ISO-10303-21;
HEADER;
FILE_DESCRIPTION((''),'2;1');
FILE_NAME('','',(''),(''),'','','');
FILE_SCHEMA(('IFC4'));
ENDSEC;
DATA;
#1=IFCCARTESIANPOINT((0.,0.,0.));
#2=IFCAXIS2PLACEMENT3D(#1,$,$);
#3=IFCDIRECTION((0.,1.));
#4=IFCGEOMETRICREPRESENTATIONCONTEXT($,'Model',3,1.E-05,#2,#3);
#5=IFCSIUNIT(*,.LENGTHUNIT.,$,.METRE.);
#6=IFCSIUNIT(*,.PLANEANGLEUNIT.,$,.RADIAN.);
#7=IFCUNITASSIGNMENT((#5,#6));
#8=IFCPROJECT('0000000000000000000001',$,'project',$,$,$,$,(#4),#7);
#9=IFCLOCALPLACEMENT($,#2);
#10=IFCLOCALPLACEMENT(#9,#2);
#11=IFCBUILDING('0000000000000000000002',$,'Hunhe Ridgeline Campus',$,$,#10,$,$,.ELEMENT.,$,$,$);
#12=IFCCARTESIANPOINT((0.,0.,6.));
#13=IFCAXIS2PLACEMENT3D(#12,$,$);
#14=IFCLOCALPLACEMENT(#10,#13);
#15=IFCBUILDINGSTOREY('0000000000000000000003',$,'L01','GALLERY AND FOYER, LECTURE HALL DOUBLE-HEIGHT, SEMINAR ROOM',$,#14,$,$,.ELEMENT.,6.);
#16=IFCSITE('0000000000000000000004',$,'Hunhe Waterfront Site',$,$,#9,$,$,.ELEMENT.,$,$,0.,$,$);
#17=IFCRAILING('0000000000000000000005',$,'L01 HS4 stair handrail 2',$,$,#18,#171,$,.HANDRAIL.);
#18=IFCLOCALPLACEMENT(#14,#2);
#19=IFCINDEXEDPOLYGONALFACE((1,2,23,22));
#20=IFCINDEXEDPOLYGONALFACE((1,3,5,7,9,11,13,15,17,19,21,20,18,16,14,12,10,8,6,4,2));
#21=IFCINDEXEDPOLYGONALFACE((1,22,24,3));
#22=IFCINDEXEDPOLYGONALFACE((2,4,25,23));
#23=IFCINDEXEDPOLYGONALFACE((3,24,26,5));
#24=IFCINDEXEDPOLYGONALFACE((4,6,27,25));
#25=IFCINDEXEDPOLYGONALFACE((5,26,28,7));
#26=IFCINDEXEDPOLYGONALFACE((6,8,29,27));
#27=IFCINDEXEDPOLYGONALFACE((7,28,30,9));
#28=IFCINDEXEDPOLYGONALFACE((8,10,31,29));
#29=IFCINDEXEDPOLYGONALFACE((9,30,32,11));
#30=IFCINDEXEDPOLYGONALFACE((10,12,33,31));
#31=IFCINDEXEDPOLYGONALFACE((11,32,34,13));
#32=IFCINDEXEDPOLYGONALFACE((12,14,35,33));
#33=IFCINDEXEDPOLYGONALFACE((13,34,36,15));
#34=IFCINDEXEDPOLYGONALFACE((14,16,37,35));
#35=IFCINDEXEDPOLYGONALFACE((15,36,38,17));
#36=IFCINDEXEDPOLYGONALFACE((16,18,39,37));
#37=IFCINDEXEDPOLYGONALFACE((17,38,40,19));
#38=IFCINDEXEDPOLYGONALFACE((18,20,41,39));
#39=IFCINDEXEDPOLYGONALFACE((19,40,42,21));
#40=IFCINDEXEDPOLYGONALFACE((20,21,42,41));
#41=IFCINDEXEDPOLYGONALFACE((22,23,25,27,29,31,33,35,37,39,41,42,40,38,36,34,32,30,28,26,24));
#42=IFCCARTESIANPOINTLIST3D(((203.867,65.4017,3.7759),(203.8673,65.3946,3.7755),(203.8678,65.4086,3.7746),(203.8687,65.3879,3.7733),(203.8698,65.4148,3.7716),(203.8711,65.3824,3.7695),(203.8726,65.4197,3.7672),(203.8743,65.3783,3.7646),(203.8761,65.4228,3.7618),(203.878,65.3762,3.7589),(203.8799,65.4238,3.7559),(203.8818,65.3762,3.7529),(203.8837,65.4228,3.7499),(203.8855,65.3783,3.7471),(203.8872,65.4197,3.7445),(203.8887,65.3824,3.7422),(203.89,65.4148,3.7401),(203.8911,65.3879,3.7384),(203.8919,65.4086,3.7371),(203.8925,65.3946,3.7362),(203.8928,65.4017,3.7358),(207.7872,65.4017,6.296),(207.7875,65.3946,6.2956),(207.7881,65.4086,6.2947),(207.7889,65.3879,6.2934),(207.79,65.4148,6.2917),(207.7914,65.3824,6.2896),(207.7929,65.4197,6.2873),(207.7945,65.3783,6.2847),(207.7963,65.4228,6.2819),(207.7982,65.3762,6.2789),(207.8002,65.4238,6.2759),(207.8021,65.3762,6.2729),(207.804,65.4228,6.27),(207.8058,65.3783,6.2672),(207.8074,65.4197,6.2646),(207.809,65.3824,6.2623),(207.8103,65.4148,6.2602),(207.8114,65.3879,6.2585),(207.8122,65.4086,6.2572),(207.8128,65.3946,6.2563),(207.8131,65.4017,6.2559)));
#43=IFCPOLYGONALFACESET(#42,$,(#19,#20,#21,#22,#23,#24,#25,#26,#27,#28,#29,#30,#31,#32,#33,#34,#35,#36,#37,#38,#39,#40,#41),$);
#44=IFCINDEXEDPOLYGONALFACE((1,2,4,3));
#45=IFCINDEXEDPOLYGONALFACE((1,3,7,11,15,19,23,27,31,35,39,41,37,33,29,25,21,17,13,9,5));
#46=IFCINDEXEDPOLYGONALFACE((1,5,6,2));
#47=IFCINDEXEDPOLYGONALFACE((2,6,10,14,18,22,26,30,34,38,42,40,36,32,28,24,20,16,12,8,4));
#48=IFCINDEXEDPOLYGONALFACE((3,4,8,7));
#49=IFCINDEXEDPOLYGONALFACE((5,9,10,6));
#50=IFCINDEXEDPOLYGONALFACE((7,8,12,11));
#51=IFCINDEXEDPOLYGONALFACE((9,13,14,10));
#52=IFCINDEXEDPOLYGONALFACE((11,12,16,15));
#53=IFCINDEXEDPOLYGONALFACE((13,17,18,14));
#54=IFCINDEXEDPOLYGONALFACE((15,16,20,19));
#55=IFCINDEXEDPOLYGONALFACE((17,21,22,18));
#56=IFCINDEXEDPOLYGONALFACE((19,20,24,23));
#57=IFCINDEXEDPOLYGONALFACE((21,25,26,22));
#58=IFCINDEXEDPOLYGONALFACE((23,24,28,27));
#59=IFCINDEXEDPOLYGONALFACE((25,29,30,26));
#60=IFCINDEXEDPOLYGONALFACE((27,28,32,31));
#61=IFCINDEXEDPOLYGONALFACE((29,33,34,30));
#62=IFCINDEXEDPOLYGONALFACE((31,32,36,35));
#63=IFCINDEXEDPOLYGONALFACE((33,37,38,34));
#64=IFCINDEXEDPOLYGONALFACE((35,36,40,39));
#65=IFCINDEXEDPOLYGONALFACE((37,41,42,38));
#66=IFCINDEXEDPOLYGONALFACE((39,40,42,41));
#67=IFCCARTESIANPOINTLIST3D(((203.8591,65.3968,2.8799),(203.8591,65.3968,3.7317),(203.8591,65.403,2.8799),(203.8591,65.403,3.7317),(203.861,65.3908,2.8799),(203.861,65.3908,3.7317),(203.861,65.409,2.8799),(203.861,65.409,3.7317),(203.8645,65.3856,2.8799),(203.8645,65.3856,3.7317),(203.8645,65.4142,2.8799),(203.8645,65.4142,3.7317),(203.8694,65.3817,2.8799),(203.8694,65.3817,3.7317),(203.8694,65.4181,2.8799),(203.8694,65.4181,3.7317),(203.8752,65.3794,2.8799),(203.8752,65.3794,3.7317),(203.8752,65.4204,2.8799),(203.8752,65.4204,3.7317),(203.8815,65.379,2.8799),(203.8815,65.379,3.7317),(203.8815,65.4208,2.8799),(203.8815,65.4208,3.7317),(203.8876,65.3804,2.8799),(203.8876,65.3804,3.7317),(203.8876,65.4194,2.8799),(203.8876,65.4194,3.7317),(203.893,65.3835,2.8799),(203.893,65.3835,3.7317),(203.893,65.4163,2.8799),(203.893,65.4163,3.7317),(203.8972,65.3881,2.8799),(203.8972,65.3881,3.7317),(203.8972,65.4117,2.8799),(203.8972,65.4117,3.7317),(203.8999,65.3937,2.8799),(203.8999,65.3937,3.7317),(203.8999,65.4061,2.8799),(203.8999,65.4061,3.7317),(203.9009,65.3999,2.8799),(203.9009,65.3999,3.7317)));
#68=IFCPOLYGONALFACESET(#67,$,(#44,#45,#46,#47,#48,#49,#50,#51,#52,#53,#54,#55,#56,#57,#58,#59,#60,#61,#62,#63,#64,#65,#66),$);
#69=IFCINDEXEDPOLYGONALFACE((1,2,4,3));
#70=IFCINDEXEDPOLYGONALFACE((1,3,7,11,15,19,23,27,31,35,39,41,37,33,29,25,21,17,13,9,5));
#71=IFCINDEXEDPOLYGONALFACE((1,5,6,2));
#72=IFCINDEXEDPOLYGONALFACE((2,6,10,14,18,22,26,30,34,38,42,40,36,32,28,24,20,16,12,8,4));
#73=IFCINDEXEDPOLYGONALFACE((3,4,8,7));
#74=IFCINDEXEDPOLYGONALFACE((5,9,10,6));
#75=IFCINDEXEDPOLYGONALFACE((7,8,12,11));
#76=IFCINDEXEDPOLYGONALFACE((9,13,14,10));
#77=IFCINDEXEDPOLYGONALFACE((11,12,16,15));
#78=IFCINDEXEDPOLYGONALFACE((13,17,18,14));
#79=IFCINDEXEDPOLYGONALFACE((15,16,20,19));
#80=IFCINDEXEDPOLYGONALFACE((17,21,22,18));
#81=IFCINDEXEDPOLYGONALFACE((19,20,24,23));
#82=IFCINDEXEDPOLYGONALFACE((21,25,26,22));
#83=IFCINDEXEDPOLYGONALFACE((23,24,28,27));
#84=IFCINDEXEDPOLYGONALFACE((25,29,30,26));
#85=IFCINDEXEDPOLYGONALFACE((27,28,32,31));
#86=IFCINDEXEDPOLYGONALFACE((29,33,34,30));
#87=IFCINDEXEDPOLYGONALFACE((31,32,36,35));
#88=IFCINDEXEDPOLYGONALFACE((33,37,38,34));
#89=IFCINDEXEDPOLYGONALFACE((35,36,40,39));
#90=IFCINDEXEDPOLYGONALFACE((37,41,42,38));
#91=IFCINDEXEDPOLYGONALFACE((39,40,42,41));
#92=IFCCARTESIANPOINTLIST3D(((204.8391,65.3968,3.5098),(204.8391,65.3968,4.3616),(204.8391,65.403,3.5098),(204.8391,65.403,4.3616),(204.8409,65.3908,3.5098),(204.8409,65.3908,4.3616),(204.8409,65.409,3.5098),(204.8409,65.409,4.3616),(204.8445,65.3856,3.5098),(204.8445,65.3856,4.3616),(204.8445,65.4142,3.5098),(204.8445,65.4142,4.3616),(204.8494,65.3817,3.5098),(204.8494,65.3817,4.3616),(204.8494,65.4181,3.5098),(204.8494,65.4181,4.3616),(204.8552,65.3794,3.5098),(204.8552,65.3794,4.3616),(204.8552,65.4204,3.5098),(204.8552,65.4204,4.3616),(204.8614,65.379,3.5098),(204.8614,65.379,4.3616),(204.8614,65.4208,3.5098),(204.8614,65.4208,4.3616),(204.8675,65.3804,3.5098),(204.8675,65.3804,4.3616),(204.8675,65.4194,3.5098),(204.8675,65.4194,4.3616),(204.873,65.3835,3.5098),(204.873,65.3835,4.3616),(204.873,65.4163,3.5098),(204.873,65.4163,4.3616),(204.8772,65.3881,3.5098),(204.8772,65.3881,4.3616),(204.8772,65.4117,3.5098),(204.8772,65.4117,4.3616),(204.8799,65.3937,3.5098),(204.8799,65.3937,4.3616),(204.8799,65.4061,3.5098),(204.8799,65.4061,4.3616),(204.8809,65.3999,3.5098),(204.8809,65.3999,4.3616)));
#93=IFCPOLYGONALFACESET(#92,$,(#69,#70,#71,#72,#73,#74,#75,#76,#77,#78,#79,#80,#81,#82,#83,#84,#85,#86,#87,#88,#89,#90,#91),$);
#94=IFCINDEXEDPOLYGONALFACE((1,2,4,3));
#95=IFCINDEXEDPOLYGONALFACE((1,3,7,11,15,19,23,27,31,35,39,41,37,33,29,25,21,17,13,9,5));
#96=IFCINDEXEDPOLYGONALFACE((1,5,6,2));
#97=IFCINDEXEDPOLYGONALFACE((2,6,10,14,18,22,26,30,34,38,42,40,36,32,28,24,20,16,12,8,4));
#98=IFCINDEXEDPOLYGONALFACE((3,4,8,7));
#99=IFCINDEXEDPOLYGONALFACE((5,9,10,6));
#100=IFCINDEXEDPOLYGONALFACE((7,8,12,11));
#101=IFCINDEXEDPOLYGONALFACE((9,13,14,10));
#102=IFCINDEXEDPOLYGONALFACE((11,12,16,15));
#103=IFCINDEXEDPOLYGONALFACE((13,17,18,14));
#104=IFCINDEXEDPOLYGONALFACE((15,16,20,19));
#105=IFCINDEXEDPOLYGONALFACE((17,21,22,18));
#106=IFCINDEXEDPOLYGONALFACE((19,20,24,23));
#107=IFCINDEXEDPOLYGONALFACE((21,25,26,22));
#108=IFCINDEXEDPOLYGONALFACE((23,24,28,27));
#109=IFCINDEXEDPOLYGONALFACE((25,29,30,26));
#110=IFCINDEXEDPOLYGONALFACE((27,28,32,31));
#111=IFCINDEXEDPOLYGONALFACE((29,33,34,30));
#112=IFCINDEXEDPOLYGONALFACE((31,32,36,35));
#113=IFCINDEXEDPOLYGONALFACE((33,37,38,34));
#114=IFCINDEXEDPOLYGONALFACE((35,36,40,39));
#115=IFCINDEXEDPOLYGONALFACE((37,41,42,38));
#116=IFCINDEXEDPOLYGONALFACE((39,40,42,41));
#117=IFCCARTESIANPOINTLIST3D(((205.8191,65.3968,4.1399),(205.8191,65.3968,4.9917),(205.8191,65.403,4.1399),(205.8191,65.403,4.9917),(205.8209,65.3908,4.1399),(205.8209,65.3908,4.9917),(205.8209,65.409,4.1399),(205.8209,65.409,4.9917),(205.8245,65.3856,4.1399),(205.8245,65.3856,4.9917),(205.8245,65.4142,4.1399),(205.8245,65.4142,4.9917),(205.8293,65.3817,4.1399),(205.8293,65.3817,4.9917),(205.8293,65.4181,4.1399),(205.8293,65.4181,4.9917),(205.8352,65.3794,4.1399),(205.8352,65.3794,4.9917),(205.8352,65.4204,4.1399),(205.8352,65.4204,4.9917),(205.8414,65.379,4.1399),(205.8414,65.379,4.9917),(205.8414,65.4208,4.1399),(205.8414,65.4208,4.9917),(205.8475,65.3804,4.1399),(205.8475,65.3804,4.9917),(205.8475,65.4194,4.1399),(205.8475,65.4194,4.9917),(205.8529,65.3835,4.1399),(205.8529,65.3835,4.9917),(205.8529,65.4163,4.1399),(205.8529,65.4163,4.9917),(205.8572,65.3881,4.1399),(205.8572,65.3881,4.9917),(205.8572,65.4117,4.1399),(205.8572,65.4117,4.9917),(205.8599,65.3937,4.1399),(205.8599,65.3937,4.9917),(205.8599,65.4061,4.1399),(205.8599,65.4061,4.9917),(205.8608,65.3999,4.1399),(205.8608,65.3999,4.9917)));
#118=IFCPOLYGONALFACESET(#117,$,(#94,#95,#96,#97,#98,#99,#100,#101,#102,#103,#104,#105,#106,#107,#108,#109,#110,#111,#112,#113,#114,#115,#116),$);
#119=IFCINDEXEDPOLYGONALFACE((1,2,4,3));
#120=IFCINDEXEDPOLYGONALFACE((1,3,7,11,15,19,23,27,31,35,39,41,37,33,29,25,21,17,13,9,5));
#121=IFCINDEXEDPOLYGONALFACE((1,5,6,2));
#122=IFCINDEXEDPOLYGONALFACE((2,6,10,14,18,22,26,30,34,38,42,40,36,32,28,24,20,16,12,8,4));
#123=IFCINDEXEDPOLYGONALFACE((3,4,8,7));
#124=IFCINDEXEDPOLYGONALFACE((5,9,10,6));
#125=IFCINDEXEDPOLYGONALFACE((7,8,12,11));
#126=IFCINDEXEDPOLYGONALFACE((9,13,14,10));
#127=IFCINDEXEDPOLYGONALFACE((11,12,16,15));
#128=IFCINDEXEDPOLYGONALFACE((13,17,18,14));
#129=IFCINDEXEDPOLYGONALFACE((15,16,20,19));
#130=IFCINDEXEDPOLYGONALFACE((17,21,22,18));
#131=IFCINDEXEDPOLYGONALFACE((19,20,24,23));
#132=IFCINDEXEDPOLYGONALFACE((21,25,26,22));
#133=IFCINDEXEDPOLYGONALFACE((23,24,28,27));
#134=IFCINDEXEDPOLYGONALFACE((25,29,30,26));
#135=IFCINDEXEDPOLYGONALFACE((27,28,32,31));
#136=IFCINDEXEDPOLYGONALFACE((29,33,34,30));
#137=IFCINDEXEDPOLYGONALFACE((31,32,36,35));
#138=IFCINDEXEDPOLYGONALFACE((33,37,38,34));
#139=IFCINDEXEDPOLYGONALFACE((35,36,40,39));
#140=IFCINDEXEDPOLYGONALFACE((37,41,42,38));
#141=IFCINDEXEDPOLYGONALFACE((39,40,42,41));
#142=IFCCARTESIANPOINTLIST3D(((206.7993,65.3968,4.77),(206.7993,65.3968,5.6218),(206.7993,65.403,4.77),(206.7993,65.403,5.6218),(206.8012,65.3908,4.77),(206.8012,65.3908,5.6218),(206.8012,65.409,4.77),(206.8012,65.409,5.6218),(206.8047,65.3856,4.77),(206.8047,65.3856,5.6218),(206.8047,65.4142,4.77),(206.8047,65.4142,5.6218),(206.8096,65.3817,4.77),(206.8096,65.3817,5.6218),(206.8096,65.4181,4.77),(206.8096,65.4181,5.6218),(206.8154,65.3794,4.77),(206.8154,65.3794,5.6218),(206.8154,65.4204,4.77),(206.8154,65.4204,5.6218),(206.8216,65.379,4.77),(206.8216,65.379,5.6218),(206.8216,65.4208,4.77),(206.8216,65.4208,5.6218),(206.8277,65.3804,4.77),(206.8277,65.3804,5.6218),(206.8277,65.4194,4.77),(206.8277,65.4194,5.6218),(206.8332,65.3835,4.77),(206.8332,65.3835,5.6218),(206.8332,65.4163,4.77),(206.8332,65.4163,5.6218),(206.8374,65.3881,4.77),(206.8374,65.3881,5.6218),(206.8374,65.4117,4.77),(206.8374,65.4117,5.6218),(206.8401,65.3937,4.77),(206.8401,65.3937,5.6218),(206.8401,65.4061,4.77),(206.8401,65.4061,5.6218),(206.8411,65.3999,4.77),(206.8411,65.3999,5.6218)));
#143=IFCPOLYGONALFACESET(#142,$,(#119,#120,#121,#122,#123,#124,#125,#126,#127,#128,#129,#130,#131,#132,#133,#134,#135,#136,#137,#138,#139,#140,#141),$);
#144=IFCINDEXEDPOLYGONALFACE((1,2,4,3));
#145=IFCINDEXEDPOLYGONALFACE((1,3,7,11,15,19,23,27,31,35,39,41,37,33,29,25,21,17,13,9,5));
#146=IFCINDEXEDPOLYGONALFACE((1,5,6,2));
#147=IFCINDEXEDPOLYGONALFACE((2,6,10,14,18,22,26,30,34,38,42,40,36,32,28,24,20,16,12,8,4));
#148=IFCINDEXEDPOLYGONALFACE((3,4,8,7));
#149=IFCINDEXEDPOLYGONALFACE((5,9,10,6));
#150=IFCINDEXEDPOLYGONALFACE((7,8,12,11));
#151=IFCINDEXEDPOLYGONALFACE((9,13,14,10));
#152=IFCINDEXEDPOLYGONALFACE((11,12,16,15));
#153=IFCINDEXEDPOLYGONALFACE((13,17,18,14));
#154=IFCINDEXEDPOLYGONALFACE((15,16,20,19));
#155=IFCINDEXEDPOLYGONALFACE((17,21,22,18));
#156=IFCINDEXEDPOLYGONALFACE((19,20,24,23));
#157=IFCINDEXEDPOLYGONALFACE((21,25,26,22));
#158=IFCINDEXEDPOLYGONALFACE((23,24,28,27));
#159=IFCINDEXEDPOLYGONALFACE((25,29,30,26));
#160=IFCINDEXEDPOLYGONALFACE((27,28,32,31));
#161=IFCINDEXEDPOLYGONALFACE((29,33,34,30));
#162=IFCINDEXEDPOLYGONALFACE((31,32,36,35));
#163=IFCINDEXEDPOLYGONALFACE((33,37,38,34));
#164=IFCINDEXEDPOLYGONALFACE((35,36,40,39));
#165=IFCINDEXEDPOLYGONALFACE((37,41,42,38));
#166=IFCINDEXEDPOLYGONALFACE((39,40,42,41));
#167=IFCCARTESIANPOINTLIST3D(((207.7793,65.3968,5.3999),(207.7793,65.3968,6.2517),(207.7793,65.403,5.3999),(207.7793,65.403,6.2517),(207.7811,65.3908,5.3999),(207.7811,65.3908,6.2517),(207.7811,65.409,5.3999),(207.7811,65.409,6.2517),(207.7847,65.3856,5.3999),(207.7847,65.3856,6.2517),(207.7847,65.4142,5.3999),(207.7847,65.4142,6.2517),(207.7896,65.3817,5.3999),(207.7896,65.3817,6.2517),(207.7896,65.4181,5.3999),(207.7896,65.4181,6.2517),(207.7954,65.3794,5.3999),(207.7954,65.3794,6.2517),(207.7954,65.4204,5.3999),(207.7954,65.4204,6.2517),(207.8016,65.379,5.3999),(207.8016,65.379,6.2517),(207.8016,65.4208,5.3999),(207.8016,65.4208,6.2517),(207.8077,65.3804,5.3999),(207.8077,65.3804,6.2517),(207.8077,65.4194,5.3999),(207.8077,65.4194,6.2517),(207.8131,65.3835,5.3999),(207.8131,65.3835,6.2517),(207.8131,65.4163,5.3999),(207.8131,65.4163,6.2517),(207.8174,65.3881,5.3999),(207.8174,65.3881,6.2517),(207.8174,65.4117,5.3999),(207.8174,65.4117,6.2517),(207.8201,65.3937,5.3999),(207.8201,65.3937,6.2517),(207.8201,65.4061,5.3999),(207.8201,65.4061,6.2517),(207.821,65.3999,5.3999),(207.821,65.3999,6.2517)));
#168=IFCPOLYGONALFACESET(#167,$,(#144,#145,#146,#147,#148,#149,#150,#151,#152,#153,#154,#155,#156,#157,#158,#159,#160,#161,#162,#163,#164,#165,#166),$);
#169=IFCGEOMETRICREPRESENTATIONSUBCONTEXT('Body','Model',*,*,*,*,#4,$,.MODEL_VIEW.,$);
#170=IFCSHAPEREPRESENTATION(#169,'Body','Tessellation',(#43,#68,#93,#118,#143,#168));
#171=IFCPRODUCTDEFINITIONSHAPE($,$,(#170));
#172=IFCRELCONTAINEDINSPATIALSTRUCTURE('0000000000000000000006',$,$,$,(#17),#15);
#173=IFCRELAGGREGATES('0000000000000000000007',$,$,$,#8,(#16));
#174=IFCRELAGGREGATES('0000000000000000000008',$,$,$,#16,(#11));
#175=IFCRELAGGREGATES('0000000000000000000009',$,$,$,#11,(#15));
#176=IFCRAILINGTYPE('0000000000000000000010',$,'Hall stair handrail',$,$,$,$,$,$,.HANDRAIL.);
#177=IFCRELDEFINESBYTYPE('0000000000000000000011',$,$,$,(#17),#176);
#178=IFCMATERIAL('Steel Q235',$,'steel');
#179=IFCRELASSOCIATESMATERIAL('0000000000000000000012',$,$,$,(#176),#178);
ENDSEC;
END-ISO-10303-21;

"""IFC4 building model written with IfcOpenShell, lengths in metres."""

from ifc_helpers import new_model, si_unit, direction, frame, origin, origin_2d, place, context, subcontext, project, spatial, circle, extrude, material, type_object, element, save


model = new_model("IFC4")

# Units and contexts
model_context = context("Model", 3, precision=1e-05, world=origin(), true_north=direction((0.0, 1.0)))
body_context = subcontext(model_context, "Body", "Model", "MODEL_VIEW")
ifc_project = project(units=[si_unit("LENGTHUNIT", "METRE"), si_unit("PLANEANGLEUNIT", "RADIAN")], contexts=[model_context])

# Site, building, storey
site_placement = place(None, origin())
site = spatial("IfcSite", under=ifc_project, at=site_placement, Name="Hunhe Waterfront Site", CompositionType="ELEMENT", RefElevation=0.0)
building_placement = place(site_placement, origin())
building = spatial("IfcBuilding", under=site, at=building_placement, Name="Hunhe Ridgeline Campus", CompositionType="ELEMENT")
storey_placement = place(building_placement, frame((0.0, 0.0, 6.0)))
storey = spatial("IfcBuildingStorey", under=building, at=storey_placement, Name="L01", Description="GALLERY AND FOYER, LECTURE HALL DOUBLE-HEIGHT, SEMINAR ROOM", CompositionType="ELEMENT", Elevation=6.0)

# Shared definitions
ifc_material_1 = material(Name="Steel Q235", Category="steel")

# Railing
railing_type_1 = type_object("IfcRailingType", Name="Hall stair handrail", PredefinedType="HANDRAIL", material=ifc_material_1)
railing_1_placement = place(storey_placement, frame((203.8799, 65.3999, 2.8799)))
element("IfcRailing", 1, at=railing_1_placement, inside=storey, type_object=railing_type_1, Name="L01 HS4 stair handrail 2", PredefinedType="HANDRAIL", context=body_context, shape_type="SweptSolid", body=[
    extrude(circle(Radius=0.0239, at=origin_2d()), frame((0.0, 0.0, 0.876), z_axis=(0.841187, 0.0, 0.540744), x_axis=(0.0, 1.0, 0.0)), (0.0, 0.0, 1.0), 4.6604),
    extrude(circle(Radius=0.021, at=origin_2d()), origin(), (0.0, 0.0, 1.0), 0.8518),
    extrude(circle(Radius=0.021, at=origin_2d()), frame((0.98, 0.0, 0.6299)), (0.0, 0.0, 1.0), 0.8518),
    extrude(circle(Radius=0.021, at=origin_2d()), frame((1.96, 0.0, 1.26)), (0.0, 0.0, 1.0), 0.8518),
    extrude(circle(Radius=0.021, at=origin_2d()), frame((2.9402, 0.0, 1.8901)), (0.0, 0.0, 1.0), 0.8518),
    extrude(circle(Radius=0.021, at=origin_2d()), frame((3.9202, 0.0, 2.52)), (0.0, 0.0, 1.0), 0.8518),
])

save(model, "model.ifc")
